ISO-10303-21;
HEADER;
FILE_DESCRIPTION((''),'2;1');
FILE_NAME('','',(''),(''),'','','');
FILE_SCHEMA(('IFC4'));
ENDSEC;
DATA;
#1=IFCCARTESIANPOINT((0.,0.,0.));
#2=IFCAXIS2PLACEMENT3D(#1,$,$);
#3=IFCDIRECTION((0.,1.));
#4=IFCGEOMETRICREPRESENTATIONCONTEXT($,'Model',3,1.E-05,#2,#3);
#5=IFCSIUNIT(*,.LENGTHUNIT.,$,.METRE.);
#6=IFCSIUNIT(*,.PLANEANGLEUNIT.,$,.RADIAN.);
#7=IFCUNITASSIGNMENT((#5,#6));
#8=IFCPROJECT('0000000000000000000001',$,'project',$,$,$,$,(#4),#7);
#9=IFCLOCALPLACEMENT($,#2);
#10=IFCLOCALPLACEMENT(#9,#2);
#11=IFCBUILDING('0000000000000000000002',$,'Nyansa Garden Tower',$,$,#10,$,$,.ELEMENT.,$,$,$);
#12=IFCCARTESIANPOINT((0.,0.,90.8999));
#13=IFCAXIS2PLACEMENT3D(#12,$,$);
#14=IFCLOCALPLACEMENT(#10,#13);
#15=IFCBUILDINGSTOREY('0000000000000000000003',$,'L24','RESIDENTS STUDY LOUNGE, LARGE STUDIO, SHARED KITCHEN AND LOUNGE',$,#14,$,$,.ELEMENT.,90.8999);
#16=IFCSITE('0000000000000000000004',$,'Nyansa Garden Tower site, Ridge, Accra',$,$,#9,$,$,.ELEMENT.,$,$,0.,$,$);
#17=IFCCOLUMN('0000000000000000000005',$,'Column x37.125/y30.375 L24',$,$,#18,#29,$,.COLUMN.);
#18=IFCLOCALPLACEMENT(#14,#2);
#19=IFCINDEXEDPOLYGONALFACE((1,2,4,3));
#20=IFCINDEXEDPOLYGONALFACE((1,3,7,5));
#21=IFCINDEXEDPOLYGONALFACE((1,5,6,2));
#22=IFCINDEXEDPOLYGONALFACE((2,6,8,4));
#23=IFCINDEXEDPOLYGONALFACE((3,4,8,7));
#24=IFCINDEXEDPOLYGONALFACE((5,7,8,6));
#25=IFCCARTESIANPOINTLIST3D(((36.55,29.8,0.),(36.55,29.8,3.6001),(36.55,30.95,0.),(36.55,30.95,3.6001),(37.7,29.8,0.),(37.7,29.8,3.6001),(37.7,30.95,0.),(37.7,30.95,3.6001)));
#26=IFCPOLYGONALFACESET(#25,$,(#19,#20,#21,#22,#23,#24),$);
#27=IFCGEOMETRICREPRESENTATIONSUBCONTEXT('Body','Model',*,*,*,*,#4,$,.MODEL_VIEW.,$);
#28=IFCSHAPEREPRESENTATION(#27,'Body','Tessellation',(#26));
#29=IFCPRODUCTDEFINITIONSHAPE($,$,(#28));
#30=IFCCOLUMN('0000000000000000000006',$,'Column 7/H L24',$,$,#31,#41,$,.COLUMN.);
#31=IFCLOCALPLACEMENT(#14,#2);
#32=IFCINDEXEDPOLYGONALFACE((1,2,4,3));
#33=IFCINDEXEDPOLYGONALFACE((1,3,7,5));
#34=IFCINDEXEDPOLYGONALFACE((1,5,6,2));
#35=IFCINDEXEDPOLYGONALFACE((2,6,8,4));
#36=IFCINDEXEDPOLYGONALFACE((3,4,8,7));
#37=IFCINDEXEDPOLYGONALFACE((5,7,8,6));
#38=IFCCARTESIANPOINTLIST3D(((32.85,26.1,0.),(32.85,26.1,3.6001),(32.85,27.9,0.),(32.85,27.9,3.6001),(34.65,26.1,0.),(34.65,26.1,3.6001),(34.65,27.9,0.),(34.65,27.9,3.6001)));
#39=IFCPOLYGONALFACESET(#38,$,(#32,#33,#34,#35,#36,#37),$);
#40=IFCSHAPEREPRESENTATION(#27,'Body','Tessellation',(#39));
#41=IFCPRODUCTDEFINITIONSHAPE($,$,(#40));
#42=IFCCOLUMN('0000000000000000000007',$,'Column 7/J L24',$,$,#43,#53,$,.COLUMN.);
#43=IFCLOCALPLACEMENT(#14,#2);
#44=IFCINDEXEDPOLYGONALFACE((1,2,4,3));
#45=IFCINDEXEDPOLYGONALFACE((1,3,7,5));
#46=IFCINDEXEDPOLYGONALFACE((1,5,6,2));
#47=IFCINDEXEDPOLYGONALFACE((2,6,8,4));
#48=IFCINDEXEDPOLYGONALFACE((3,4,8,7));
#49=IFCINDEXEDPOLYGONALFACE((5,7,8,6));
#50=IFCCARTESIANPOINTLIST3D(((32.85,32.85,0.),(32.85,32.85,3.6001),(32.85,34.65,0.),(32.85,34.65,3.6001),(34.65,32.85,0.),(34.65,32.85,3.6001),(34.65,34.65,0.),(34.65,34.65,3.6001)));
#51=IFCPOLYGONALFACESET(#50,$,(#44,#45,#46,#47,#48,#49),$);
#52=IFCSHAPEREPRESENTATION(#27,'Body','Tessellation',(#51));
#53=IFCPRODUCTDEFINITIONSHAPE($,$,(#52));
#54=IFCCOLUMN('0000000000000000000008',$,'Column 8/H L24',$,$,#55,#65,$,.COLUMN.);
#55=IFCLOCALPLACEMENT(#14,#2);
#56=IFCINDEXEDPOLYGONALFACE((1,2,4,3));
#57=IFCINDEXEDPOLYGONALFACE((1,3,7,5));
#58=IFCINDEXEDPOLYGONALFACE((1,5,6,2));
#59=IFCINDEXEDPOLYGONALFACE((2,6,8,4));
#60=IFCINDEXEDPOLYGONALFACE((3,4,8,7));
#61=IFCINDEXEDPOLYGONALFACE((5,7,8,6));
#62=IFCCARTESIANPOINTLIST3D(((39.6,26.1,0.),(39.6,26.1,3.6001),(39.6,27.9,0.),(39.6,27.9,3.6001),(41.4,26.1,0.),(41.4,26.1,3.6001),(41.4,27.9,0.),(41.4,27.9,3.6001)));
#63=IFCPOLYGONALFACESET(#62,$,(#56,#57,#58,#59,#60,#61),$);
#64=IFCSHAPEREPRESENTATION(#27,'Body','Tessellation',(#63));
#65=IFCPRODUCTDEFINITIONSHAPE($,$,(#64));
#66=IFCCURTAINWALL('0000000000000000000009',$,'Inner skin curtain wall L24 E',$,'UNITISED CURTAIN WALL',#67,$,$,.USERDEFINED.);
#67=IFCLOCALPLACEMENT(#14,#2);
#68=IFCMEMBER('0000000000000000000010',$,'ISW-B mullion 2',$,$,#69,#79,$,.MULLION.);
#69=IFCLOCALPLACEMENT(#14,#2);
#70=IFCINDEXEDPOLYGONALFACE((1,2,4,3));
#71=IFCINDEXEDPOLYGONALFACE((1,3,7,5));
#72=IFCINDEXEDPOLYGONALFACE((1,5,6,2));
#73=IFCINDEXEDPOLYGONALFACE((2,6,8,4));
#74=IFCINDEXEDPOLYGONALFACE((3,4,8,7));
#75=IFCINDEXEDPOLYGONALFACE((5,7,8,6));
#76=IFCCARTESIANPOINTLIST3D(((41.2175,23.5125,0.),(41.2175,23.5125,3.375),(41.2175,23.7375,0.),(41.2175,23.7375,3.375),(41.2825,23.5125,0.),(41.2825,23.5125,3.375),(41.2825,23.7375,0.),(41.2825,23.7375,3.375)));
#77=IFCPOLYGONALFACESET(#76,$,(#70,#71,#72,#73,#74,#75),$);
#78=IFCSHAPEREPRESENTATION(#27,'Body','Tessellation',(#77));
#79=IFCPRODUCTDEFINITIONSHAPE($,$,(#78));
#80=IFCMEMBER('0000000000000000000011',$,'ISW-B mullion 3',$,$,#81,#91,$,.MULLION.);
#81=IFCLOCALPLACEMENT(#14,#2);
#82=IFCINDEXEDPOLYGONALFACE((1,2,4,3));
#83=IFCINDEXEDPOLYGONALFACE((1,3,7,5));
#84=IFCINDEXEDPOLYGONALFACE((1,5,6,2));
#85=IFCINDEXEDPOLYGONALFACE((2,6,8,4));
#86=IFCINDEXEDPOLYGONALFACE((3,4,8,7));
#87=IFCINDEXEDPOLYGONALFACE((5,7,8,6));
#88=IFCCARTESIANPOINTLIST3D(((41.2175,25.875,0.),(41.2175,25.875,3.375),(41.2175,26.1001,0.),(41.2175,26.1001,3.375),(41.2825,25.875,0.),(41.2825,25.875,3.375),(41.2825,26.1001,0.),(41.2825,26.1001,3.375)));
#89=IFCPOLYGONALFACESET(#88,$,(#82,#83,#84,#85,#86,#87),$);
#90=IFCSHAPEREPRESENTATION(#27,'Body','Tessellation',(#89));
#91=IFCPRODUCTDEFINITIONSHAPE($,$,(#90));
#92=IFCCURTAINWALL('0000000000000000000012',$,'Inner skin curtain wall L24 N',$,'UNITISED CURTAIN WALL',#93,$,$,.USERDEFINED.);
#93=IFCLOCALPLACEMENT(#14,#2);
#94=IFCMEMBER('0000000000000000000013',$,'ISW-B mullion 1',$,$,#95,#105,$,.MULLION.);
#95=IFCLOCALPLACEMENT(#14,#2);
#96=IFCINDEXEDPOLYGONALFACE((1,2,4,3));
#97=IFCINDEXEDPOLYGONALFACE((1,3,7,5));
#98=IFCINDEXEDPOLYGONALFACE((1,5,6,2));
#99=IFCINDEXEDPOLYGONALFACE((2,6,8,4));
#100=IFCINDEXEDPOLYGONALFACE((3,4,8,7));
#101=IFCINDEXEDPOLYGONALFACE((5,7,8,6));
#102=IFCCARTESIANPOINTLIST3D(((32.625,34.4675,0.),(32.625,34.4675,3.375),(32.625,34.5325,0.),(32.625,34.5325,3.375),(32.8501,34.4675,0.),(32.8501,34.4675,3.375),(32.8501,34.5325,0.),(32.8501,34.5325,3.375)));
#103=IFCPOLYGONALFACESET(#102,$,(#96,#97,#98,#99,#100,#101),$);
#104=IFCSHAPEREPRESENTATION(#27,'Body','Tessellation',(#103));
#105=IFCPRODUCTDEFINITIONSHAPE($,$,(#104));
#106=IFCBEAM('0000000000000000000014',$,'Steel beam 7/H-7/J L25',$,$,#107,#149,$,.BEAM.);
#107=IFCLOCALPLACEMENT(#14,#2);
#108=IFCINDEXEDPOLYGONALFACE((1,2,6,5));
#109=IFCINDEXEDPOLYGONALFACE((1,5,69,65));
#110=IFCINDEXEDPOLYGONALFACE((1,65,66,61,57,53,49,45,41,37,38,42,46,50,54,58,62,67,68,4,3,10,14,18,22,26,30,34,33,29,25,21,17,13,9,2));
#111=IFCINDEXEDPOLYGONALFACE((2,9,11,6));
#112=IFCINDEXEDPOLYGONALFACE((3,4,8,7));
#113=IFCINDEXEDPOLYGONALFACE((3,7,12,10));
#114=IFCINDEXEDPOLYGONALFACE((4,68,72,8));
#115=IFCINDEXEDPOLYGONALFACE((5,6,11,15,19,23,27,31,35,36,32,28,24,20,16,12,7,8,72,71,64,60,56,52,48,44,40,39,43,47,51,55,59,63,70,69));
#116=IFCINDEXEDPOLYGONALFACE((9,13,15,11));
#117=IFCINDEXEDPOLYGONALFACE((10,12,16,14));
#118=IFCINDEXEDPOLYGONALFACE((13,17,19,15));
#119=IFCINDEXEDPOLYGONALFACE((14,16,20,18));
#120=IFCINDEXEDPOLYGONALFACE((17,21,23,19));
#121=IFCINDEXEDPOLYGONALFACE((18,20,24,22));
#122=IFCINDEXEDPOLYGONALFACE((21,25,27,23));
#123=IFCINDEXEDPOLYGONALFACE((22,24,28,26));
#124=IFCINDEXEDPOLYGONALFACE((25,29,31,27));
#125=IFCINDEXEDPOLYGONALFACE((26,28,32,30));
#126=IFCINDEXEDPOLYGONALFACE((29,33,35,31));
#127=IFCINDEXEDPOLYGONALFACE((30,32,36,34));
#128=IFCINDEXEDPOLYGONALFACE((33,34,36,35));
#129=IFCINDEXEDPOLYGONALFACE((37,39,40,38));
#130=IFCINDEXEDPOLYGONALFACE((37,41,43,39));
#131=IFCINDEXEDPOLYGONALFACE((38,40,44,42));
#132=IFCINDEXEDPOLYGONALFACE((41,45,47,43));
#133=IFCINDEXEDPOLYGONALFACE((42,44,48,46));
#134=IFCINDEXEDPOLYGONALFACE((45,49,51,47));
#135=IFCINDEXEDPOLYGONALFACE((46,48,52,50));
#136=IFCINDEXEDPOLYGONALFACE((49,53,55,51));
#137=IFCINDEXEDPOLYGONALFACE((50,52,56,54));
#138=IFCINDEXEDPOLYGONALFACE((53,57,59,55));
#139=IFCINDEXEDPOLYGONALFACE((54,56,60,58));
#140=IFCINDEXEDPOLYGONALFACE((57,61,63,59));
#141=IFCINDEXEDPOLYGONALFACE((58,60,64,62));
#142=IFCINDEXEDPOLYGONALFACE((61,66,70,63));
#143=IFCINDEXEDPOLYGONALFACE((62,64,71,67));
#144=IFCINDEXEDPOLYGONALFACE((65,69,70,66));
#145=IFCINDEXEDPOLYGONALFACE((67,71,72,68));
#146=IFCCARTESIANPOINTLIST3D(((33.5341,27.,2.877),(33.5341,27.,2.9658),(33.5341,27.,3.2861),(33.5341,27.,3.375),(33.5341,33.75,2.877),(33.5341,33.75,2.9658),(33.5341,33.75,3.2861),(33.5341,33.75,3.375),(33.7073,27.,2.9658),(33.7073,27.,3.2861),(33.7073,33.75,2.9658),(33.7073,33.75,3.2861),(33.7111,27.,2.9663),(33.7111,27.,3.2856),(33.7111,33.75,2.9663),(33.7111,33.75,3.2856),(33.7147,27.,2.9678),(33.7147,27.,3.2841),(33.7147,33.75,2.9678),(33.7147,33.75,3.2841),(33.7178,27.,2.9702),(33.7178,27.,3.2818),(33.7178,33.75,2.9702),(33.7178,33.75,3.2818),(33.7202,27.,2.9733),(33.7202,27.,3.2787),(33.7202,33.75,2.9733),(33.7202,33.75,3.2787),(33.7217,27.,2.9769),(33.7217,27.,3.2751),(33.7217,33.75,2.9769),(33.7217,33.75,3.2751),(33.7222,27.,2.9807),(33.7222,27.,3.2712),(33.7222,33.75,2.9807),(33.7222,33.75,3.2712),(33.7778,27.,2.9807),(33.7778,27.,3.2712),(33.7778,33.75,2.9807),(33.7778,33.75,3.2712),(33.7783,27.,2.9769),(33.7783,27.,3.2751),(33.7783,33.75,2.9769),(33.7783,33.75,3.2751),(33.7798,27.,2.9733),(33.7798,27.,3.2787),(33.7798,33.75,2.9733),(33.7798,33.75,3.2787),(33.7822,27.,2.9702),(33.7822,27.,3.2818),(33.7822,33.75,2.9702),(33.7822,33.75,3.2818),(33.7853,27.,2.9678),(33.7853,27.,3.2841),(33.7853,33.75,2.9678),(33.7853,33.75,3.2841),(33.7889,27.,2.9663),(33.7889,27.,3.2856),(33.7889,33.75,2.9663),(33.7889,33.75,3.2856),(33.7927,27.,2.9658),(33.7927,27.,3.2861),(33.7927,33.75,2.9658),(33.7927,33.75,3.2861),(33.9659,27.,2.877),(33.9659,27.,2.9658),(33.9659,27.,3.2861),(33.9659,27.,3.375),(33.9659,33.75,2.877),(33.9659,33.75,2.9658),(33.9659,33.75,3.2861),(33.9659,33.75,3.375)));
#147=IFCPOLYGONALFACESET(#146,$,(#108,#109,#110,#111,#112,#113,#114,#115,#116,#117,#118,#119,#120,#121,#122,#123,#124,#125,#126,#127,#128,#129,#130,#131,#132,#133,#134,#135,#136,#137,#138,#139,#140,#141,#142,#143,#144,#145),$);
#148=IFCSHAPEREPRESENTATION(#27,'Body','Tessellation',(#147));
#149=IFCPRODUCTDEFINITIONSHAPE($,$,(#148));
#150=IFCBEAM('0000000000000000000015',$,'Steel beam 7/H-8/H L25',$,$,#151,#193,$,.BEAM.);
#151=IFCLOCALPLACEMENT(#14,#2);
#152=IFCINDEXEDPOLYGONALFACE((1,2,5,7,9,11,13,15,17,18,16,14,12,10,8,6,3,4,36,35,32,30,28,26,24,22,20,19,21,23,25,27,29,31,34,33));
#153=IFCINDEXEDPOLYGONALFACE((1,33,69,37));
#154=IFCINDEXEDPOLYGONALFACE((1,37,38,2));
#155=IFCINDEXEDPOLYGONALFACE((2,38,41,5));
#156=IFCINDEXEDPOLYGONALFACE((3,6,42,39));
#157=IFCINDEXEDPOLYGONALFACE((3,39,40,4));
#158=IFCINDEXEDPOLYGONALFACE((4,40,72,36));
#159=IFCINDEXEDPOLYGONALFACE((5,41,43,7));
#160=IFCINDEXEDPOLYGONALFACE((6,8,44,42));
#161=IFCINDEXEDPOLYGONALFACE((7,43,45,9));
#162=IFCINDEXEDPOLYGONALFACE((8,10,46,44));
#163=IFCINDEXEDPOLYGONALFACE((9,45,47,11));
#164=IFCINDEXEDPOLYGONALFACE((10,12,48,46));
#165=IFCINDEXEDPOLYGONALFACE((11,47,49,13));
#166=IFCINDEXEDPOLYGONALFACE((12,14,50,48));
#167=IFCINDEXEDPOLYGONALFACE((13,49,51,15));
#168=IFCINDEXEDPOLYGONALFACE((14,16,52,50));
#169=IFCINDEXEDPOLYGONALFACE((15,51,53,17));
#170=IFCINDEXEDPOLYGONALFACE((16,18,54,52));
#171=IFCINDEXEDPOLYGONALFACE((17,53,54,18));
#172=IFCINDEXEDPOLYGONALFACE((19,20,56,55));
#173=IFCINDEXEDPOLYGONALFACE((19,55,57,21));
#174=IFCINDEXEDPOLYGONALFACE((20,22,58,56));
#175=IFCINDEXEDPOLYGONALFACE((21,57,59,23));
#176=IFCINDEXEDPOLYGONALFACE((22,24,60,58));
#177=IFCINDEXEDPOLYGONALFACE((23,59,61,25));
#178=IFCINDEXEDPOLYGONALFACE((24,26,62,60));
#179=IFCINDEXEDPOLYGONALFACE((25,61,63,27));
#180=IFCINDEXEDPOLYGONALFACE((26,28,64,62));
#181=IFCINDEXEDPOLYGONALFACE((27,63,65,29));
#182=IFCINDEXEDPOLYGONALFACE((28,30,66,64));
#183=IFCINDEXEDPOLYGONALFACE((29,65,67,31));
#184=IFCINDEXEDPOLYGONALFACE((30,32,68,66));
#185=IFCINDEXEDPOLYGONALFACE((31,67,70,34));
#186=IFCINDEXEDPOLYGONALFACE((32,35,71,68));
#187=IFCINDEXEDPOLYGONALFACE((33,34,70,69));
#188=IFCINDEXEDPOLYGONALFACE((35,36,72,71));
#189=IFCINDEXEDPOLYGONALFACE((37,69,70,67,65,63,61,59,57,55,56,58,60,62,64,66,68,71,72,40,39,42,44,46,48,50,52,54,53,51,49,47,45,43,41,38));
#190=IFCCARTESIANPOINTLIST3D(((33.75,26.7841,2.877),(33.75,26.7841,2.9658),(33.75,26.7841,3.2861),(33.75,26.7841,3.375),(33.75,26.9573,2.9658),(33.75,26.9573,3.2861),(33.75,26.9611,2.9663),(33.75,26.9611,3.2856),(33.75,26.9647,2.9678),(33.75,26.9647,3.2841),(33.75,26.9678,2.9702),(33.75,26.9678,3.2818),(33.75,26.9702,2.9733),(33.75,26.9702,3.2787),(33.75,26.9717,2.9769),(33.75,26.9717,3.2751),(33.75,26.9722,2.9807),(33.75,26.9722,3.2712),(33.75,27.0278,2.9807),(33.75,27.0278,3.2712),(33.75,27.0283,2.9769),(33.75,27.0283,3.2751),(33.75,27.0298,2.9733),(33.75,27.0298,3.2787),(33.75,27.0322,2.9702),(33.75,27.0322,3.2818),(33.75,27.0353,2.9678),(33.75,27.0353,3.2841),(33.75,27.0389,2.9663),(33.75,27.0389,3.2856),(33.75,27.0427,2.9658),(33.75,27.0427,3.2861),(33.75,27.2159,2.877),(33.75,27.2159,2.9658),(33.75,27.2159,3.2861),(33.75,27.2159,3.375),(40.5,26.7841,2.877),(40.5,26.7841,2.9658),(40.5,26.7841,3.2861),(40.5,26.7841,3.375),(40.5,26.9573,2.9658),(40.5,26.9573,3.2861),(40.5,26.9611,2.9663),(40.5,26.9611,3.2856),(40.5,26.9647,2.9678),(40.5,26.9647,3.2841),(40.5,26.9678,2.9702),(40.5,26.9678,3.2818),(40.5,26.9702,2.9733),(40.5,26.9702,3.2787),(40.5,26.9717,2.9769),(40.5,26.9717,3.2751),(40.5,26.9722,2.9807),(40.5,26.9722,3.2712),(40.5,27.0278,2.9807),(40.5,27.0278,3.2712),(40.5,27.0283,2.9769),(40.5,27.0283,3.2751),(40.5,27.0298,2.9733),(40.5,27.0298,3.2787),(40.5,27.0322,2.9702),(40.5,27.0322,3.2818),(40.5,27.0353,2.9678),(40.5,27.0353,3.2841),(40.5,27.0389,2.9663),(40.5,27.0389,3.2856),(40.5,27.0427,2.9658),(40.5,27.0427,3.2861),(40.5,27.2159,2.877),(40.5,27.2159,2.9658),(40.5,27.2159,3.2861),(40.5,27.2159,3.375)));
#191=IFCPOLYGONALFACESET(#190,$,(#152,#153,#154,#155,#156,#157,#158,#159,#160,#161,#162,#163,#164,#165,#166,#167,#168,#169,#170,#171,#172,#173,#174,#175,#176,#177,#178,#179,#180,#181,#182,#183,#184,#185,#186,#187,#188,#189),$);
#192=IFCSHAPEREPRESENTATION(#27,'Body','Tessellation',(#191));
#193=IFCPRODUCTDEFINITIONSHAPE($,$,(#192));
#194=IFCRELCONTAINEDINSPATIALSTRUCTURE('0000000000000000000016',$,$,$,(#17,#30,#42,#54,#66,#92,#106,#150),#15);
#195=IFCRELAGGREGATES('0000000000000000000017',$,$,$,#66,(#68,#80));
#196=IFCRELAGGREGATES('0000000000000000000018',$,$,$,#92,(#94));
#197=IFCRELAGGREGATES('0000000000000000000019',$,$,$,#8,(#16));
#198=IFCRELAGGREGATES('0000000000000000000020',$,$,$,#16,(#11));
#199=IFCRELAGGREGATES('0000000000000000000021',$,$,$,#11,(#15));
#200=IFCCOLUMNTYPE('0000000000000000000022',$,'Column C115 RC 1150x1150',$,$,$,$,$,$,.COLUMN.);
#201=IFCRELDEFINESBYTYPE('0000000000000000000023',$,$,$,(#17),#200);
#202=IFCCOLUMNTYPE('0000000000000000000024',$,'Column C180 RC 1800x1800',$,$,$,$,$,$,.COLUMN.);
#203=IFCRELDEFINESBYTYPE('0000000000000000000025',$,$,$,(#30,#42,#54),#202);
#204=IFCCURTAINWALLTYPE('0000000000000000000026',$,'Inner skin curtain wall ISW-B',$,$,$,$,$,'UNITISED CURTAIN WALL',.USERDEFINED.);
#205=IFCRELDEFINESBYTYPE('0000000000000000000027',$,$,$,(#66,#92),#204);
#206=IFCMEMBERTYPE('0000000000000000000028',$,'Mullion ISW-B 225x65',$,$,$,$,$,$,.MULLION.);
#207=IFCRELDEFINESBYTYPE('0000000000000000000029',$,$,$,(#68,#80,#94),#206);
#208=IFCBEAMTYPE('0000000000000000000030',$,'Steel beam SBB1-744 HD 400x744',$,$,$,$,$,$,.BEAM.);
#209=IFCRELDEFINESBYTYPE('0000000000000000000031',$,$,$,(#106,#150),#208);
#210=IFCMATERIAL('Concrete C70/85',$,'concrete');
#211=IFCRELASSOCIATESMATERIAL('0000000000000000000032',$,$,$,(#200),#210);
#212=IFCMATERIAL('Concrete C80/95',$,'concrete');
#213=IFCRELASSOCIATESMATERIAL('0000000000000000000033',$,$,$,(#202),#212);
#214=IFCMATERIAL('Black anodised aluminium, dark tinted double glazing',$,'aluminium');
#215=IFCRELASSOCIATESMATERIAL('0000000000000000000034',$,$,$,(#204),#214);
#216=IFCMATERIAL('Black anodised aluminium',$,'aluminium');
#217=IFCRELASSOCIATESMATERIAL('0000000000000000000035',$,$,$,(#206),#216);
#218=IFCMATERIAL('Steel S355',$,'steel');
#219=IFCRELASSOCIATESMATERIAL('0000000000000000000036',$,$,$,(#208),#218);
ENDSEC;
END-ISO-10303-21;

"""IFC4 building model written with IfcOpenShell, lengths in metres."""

from ifc_helpers import new_model, si_unit, direction, frame, origin, origin_2d, place, context, subcontext, project, spatial, rectangle, i_section, extrude, material, material_profile, profile_set, type_object, element, aggregate, save


model = new_model("IFC4")

# Units and contexts
model_context = context("Model", 3, precision=1e-05, world=origin(), true_north=direction((0.0, 1.0)))
body_context = subcontext(model_context, "Body", "Model", "MODEL_VIEW")
ifc_project = project(units=[si_unit("LENGTHUNIT", "METRE"), si_unit("PLANEANGLEUNIT", "RADIAN")], contexts=[model_context])

# Site, building, storey
site_placement = place(None, origin())
site = spatial("IfcSite", under=ifc_project, at=site_placement, Name="Nyansa Garden Tower site, Ridge, Accra", CompositionType="ELEMENT", RefElevation=0.0)
building_placement = place(site_placement, origin())
building = spatial("IfcBuilding", under=site, at=building_placement, Name="Nyansa Garden Tower", CompositionType="ELEMENT")
storey_placement = place(building_placement, frame((0.0, 0.0, 90.8999)))
storey = spatial("IfcBuildingStorey", under=building, at=storey_placement, Name="L24", Description="RESIDENTS STUDY LOUNGE, LARGE STUDIO, SHARED KITCHEN AND LOUNGE", CompositionType="ELEMENT", Elevation=90.8999)

# Columns
ifc_material_1 = material(Name="Concrete C70/85", Category="concrete")
ifc_material_profile_1 = material_profile(ifc_material_1, rectangle(XDim=1.1499, YDim=1.1499, at=origin_2d()), Name="RC 1150x1150")
ifc_profile_set_1 = profile_set([ifc_material_profile_1], Name="Concrete C70/85")
column_type_1 = type_object("IfcColumnType", Name="Column C115 RC 1150x1150", PredefinedType="COLUMN", material=ifc_profile_set_1)
column_placement = place(storey_placement, frame((37.125, 30.375, 0.0), z_axis=(0.0, 0.0, 1.0), x_axis=(1.0, 0.0, 0.0)))
element("IfcColumn", 1, at=column_placement, inside=storey, type_object=column_type_1, Name="Column x37.125/y30.375 L24", PredefinedType="COLUMN", context=body_context, shape_type="SweptSolid", body=[
    extrude(rectangle(XDim=1.1499, YDim=1.1499, at=origin_2d()), origin(), (0.0, 0.0, 1.0), 3.6001),
])
ifc_material_2 = material(Name="Concrete C80/95", Category="concrete")
ifc_material_profile_2 = material_profile(ifc_material_2, rectangle(XDim=1.8, YDim=1.8, at=origin_2d()), Name="RC 1800x1800")
ifc_profile_set_2 = profile_set([ifc_material_profile_2], Name="Concrete C80/95")
column_type_2 = type_object("IfcColumnType", Name="Column C180 RC 1800x1800", PredefinedType="COLUMN", material=ifc_profile_set_2)
for number, where, z_axis, x_axis, name in (
    (2, (33.75, 27.0, 0.0), (0.0, 0.0, 1.0), (1.0, 0.0, 0.0), "Column 7/H L24"),
    (3, (33.75, 33.75, 0.0), (0.0, 0.0, 1.0), (1.0, 0.0, 0.0), "Column 7/J L24"),
    (4, (40.5, 27.0, 0.0), (0.0, 0.0, 1.0), (1.0, 0.0, 0.0), "Column 8/H L24"),
):
    element("IfcColumn", number, at=place(storey_placement, frame(where, z_axis=z_axis, x_axis=x_axis)), inside=storey, type_object=column_type_2, Name=name, PredefinedType="COLUMN", context=body_context, shape_type="SweptSolid", body=[
        extrude(rectangle(XDim=1.8, YDim=1.8, at=origin_2d()), origin(), (0.0, 0.0, 1.0), 3.6001),
    ])

# Curtain wall, members
ifc_material_3 = material(Name="Black anodised aluminium, dark tinted double glazing", Category="aluminium")
curtain_wall_type = type_object("IfcCurtainWallType", Name="Inner skin curtain wall ISW-B", ElementType="UNITISED CURTAIN WALL", PredefinedType="USERDEFINED", material=ifc_material_3)
curtain_wall_1_placement = place(storey_placement, origin())
curtain_wall_1 = element("IfcCurtainWall", 5, at=curtain_wall_1_placement, inside=storey, type_object=curtain_wall_type, Name="Inner skin curtain wall L24 E", ObjectType="UNITISED CURTAIN WALL", PredefinedType="USERDEFINED")
ifc_material_4 = material(Name="Black anodised aluminium", Category="aluminium")
ifc_material_profile_3 = material_profile(ifc_material_4, rectangle(XDim=0.0649, YDim=0.2251, at=origin_2d()), Name="Mullion 225x65")
ifc_profile_set_3 = profile_set([ifc_material_profile_3], Name="Black anodised aluminium")
member_type_1 = type_object("IfcMemberType", Name="Mullion ISW-B 225x65", PredefinedType="MULLION", material=ifc_profile_set_3)
member_1_placement = place(storey_placement, frame((41.25, 23.625, 0.0), z_axis=(0.0, 0.0, 1.0), x_axis=(-1.0, 0.0, 0.0)))
member_1 = element("IfcMember", 6, at=member_1_placement, type_object=member_type_1, Name="ISW-B mullion 2", PredefinedType="MULLION", context=body_context, shape_type="SweptSolid", body=[
    extrude(rectangle(XDim=0.0649, YDim=0.2251, at=origin_2d()), origin(), (0.0, 0.0, 1.0), 3.375),
])
member_2_placement = place(storey_placement, frame((41.25, 25.9875, 0.0), z_axis=(0.0, 0.0, 1.0), x_axis=(-1.0, 0.0, 0.0)))
member_2 = element("IfcMember", 7, at=member_2_placement, type_object=member_type_1, Name="ISW-B mullion 3", PredefinedType="MULLION", context=body_context, shape_type="SweptSolid", body=[
    extrude(rectangle(XDim=0.0649, YDim=0.2251, at=origin_2d()), origin(), (0.0, 0.0, 1.0), 3.375),
])

# Curtain wall, member
curtain_wall_2_placement = place(storey_placement, origin())
curtain_wall_2 = element("IfcCurtainWall", 8, at=curtain_wall_2_placement, inside=storey, type_object=curtain_wall_type, Name="Inner skin curtain wall L24 N", ObjectType="UNITISED CURTAIN WALL", PredefinedType="USERDEFINED")
member_3_placement = place(storey_placement, frame((32.7375, 34.5, 0.0), z_axis=(0.0, 0.0, 1.0), x_axis=(0.0, -1.0, 0.0)))
member_3 = element("IfcMember", 9, at=member_3_placement, type_object=member_type_1, Name="ISW-B mullion 1", PredefinedType="MULLION", context=body_context, shape_type="SweptSolid", body=[
    extrude(rectangle(XDim=0.0649, YDim=0.2251, at=origin_2d()), origin(), (0.0, 0.0, 1.0), 3.375),
])

# Beams
ifc_material_5 = material(Name="Steel S355", Category="steel")
ifc_material_profile_4 = material_profile(ifc_material_5, i_section(OverallWidth=0.4319, OverallDepth=0.498, WebThickness=0.0557, FlangeThickness=0.0889, FilletRadius=0.0149, at=origin_2d()), Name="HD 400x744")
ifc_profile_set_4 = profile_set([ifc_material_profile_4], Name="Steel S355")
beam_type_1 = type_object("IfcBeamType", Name="Steel beam SBB1-744 HD 400x744", PredefinedType="BEAM", material=ifc_profile_set_4)
for number, where, z_axis, x_axis, name in (
    (10, (33.75, 27.0, 3.126), (0.0, 1.0, 0.0), (-1.0, 0.0, 0.0), "Steel beam 7/H-7/J L25"),
    (11, (33.75, 27.0, 3.126), (1.0, 0.0, 0.0), (0.0, 1.0, 0.0), "Steel beam 7/H-8/H L25"),
):
    element("IfcBeam", number, at=place(storey_placement, frame(where, z_axis=z_axis, x_axis=x_axis)), inside=storey, type_object=beam_type_1, Name=name, PredefinedType="BEAM", context=body_context, shape_type="SweptSolid", body=[
        extrude(i_section(OverallWidth=0.4319, OverallDepth=0.498, WebThickness=0.0557, FlangeThickness=0.0889, FilletRadius=0.0149, at=origin_2d()), origin(), (0.0, 0.0, 1.0), 6.75),
    ])

aggregate(curtain_wall_1, [member_1, member_2])
aggregate(curtain_wall_2, [member_3])

save(model, "model.ifc")
